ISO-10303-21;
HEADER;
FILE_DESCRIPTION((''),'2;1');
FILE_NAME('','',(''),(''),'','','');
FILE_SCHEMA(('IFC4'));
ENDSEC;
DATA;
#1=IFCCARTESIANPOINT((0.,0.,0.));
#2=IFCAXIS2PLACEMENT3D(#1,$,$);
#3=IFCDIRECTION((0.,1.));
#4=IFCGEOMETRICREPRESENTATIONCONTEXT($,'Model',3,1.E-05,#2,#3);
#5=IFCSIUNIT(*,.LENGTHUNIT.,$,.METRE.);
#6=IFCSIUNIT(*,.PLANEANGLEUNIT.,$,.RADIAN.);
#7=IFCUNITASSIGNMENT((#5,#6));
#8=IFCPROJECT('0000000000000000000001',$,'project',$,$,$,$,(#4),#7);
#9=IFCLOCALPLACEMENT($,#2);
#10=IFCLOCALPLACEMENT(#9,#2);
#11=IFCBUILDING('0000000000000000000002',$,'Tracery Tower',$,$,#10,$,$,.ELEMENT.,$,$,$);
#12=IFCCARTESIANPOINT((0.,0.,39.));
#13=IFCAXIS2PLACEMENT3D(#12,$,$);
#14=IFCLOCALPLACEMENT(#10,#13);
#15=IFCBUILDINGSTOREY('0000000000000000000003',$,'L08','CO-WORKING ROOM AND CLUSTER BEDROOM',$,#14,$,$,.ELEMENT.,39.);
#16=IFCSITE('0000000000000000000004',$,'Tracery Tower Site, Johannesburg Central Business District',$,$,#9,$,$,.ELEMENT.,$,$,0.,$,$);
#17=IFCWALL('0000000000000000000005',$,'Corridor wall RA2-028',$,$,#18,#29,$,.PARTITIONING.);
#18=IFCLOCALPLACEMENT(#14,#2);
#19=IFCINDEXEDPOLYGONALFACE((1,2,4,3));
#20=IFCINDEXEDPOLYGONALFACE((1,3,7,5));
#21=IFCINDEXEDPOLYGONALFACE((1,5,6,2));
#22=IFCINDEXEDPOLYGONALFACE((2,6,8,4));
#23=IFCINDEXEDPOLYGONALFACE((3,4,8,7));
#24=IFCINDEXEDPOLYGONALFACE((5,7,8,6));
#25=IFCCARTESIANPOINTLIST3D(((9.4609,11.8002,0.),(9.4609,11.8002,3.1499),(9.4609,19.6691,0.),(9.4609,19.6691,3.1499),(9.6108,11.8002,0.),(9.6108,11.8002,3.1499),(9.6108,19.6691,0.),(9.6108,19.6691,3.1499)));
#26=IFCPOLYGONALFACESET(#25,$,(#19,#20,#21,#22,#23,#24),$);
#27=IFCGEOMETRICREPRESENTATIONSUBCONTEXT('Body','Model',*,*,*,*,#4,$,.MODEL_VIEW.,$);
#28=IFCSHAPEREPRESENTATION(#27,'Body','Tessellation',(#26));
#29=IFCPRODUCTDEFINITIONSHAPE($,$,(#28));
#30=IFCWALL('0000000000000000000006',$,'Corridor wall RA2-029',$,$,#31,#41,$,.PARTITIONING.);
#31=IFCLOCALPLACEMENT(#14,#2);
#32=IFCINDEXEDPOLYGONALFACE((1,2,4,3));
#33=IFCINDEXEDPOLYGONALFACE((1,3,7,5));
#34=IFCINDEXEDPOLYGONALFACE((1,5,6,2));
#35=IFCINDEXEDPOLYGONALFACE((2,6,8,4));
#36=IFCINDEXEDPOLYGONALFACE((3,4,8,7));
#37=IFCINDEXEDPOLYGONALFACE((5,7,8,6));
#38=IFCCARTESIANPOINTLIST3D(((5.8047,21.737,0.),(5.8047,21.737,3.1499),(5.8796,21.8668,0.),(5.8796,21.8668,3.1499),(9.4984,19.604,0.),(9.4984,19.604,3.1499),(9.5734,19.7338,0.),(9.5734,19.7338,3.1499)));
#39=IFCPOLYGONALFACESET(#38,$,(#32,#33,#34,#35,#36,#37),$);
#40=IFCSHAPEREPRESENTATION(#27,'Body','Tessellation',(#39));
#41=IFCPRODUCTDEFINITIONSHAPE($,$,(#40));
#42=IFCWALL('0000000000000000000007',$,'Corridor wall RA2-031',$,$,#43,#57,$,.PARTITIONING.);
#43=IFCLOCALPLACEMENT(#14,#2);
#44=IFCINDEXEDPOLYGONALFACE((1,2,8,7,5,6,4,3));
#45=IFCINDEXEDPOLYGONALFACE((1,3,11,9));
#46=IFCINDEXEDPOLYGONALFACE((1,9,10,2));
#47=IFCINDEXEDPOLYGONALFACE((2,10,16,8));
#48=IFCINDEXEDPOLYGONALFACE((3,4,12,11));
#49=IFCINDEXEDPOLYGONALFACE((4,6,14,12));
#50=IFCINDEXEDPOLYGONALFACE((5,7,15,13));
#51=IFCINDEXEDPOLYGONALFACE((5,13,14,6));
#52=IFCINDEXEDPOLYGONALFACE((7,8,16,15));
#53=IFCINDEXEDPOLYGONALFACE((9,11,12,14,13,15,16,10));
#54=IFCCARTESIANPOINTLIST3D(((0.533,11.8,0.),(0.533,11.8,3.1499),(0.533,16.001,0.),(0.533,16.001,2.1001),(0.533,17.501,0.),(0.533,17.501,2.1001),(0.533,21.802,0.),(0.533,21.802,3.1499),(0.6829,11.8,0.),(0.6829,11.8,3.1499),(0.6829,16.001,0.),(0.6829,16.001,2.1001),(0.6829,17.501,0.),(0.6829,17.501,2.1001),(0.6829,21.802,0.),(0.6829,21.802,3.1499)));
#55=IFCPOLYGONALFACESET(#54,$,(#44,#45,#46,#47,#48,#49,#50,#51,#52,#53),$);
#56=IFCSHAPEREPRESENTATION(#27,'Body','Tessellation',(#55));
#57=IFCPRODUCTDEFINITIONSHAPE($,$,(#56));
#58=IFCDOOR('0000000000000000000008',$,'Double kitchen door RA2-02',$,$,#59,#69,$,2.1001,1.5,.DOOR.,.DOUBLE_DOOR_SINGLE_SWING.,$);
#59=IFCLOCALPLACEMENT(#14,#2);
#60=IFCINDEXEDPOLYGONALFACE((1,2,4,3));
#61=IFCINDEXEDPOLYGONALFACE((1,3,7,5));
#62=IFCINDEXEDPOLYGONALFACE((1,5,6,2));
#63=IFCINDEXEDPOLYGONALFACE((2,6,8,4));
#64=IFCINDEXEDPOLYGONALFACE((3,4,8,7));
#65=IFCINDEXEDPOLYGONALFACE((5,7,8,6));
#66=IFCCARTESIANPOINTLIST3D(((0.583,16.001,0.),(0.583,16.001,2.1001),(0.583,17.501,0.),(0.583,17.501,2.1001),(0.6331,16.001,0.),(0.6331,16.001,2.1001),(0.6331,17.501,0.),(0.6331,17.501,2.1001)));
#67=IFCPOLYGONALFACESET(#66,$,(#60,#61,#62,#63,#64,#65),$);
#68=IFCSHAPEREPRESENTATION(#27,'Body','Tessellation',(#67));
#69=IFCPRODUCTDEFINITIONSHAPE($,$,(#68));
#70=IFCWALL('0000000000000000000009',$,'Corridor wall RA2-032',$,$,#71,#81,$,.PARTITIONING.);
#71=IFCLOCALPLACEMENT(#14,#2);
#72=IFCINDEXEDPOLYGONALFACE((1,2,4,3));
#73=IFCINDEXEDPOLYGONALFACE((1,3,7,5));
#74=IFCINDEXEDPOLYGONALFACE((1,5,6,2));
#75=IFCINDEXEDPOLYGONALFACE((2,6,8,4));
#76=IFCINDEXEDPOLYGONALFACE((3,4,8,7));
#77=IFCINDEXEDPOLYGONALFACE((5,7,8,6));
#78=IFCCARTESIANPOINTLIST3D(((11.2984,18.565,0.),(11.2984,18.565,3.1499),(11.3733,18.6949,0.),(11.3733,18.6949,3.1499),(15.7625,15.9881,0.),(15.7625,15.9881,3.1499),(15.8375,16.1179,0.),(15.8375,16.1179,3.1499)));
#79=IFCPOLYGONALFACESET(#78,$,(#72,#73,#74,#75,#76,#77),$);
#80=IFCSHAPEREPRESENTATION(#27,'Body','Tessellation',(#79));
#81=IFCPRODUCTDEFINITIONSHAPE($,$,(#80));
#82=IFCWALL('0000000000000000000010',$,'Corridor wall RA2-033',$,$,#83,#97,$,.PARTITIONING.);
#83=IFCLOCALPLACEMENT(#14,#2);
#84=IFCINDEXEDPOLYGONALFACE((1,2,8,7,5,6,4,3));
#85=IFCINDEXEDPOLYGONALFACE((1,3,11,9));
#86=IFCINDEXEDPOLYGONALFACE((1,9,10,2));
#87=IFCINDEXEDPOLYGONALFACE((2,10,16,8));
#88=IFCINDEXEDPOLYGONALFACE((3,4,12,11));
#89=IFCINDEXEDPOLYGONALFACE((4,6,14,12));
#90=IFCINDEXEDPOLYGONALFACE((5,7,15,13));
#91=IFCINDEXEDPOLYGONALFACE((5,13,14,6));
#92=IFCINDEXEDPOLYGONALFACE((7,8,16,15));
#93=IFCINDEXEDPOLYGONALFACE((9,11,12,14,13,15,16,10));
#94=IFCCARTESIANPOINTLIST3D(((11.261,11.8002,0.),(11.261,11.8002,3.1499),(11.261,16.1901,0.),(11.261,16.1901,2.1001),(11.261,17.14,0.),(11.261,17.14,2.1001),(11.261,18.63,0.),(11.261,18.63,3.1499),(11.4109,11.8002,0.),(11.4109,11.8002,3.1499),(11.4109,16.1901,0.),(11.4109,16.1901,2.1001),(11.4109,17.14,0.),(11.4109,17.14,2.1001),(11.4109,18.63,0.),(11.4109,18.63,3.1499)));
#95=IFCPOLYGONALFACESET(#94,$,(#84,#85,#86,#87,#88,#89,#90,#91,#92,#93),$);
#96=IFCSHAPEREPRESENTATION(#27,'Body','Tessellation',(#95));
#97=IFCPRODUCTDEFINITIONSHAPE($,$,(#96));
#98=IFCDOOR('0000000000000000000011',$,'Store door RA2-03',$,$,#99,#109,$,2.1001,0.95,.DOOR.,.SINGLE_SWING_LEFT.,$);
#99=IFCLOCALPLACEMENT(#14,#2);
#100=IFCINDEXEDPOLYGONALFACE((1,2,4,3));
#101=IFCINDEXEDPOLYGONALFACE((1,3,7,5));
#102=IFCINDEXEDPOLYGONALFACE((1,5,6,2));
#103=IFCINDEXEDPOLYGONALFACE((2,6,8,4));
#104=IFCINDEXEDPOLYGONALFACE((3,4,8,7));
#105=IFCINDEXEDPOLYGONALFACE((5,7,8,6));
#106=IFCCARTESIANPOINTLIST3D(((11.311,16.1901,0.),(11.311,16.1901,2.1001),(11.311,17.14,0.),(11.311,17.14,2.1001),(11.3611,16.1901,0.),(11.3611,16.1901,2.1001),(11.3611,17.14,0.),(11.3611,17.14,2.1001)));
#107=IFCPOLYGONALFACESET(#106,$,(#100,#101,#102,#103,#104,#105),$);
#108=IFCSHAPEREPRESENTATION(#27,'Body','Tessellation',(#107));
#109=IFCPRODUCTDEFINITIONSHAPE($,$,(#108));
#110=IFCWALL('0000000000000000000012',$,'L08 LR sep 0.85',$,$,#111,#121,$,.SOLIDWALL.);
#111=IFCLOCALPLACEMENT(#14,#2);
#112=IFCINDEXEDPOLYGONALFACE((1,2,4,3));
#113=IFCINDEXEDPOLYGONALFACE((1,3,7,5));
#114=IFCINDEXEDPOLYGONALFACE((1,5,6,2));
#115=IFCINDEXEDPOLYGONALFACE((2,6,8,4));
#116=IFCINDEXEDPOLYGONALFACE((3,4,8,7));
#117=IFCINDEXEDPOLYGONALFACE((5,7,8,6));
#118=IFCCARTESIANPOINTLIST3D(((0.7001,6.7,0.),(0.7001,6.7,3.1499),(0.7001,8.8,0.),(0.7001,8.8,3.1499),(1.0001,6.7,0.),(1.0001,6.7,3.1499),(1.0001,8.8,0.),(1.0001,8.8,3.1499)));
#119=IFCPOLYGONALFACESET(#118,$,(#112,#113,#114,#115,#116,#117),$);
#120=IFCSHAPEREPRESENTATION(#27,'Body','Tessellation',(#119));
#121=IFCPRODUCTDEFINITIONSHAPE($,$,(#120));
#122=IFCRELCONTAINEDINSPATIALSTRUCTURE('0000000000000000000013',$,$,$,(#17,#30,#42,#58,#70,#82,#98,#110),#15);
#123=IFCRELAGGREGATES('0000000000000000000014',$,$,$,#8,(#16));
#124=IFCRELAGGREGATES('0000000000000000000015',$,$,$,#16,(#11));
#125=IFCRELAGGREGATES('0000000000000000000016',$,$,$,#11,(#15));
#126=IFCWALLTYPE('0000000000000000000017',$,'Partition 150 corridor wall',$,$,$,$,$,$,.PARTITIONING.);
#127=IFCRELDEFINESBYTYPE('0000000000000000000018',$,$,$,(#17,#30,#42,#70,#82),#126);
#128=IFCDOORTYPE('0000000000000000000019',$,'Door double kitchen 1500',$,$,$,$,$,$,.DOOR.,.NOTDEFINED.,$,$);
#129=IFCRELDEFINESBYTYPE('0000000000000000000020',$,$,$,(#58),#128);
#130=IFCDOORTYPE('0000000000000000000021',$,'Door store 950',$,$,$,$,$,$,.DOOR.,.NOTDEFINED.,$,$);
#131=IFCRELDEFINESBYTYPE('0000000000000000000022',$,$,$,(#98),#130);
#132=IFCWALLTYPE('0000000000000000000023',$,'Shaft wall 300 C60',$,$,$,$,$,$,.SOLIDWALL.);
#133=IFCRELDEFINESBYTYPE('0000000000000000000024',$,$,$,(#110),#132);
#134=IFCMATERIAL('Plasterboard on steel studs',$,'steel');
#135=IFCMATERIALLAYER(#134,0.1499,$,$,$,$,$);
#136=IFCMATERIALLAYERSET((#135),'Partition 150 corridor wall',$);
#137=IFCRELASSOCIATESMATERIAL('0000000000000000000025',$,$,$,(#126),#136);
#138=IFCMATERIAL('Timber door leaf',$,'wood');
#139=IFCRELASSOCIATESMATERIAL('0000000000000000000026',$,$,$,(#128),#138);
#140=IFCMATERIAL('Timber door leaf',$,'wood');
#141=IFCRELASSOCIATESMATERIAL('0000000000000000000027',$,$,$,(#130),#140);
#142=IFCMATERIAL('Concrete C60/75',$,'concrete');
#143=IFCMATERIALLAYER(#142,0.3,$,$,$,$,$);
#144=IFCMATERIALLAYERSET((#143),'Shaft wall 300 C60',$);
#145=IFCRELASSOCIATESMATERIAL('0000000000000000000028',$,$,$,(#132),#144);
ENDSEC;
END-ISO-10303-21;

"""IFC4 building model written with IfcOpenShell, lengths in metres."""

from ifc_helpers import new_model, si_unit, direction, frame, frame_2d, origin, place, context, subcontext, project, spatial, rectangle, extrude, material, layer, layer_set, type_object, element, fill, save


model = new_model("IFC4")

# Units and contexts
model_context = context("Model", 3, precision=1e-05, world=origin(), true_north=direction((0.0, 1.0)))
body_context = subcontext(model_context, "Body", "Model", "MODEL_VIEW")
ifc_project = project(units=[si_unit("LENGTHUNIT", "METRE"), si_unit("PLANEANGLEUNIT", "RADIAN")], contexts=[model_context])

# Site, building, storey
site_placement = place(None, origin())
site = spatial("IfcSite", under=ifc_project, at=site_placement, Name="Tracery Tower Site, Johannesburg Central Business District", CompositionType="ELEMENT", RefElevation=0.0)
building_placement = place(site_placement, origin())
building = spatial("IfcBuilding", under=site, at=building_placement, Name="Tracery Tower", CompositionType="ELEMENT")
storey_placement = place(building_placement, frame((0.0, 0.0, 39.0)))
storey = spatial("IfcBuildingStorey", under=building, at=storey_placement, Name="L08", Description="CO-WORKING ROOM AND CLUSTER BEDROOM", CompositionType="ELEMENT", Elevation=39.0)

# Walls
ifc_material_1 = material(Name="Plasterboard on steel studs", Category="steel")
ifc_layer_1 = layer(ifc_material_1, 0.1499)
ifc_layer_set_1 = layer_set([ifc_layer_1], Name="Partition 150 corridor wall")
wall_type_1 = type_object("IfcWallType", Name="Partition 150 corridor wall", PredefinedType="PARTITIONING", material=ifc_layer_set_1)
wall_1_placement = place(storey_placement, frame((9.5359, 11.8, 0.0), z_axis=(0.0, 0.0, 1.0), x_axis=(0.0, 1.0, 0.0)))
element("IfcWall", 1, at=wall_1_placement, inside=storey, type_object=wall_type_1, Name="Corridor wall RA2-028", PredefinedType="PARTITIONING", context=body_context, shape_type="SweptSolid", body=[
    extrude(rectangle(XDim=7.8689, YDim=0.1499, at=frame_2d((3.9346, 0.0))), origin(), (0.0, 0.0, 1.0), 3.1499),
])
wall_2_placement = place(storey_placement, frame((5.842, 21.802, 0.0), z_axis=(0.0, 0.0, 1.0), x_axis=(0.865984, -0.500073, 0.0)))
element("IfcWall", 2, at=wall_2_placement, inside=storey, type_object=wall_type_1, Name="Corridor wall RA2-029", PredefinedType="PARTITIONING", context=body_context, shape_type="SweptSolid", body=[
    extrude(rectangle(XDim=4.2654, YDim=0.1499, at=frame_2d((2.1328, 0.0))), origin(), (0.0, 0.0, 1.0), 3.1499),
])

# Wall, opening, door
wall_3_placement = place(storey_placement, frame((0.6079, 11.8, 0.0), z_axis=(0.0, 0.0, 1.0), x_axis=(0.0, 1.0, 0.0)))
wall_3 = element("IfcWall", 3, at=wall_3_placement, inside=storey, type_object=wall_type_1, Name="Corridor wall RA2-031", PredefinedType="PARTITIONING", context=body_context, shape_type="SweptSolid", body=[
    extrude(rectangle(XDim=10.002, YDim=0.1499, at=frame_2d((5.001, 0.0))), origin(), (0.0, 0.0, 1.0), 3.1499),
])
opening_1_placement = place(wall_3_placement, frame((4.2009, 0.0, 0.0)))
opening_1 = element("IfcOpeningElement", 4, at=opening_1_placement, cuts=wall_3, PredefinedType="OPENING", context=body_context, shape_type="SweptSolid", body=[
    extrude(rectangle(XDim=1.5, YDim=2.1001, at=frame_2d((0.75, 1.05))), frame((0.0, 0.075, 0.0), z_axis=(0.0, -1.0, 0.0), x_axis=(1.0, 0.0, 0.0)), (0.0, 0.0, 1.0), 0.1499),
])
ifc_material_2 = material(Name="Timber door leaf", Category="wood")
door_type_1 = type_object("IfcDoorType", Name="Door double kitchen 1500", OperationType="NOTDEFINED", PredefinedType="DOOR", material=ifc_material_2)
door_1_placement = place(opening_1_placement, origin())
door_1 = element("IfcDoor", 5, at=door_1_placement, inside=storey, type_object=door_type_1, Name="Double kitchen door RA2-02", OperationType="DOUBLE_DOOR_SINGLE_SWING", OverallHeight=2.1001, OverallWidth=1.5, PredefinedType="DOOR", context=body_context, shape_type="SweptSolid", body=[
    extrude(rectangle(XDim=1.5, YDim=2.1001, at=frame_2d((0.75, 1.05))), frame((0.0, 0.0249, 0.0), z_axis=(0.0, -1.0, 0.0), x_axis=(1.0, 0.0, 0.0)), (0.0, 0.0, 1.0), 0.05),
])
fill(opening_1, door_1)

# Wall
wall_4_placement = place(storey_placement, frame((11.3359, 18.6299, 0.0), z_axis=(0.0, 0.0, 1.0), x_axis=(0.866063, -0.499934, 0.0)))
element("IfcWall", 6, at=wall_4_placement, inside=storey, type_object=wall_type_1, Name="Corridor wall RA2-032", PredefinedType="PARTITIONING", context=body_context, shape_type="SweptSolid", body=[
    extrude(rectangle(XDim=5.1545, YDim=0.1499, at=frame_2d((2.5771, 0.0))), origin(), (0.0, 0.0, 1.0), 3.1499),
])

# Wall, opening, door
wall_5_placement = place(storey_placement, frame((11.3359, 11.8, 0.0), z_axis=(0.0, 0.0, 1.0), x_axis=(0.0, 1.0, 0.0)))
wall_5 = element("IfcWall", 7, at=wall_5_placement, inside=storey, type_object=wall_type_1, Name="Corridor wall RA2-033", PredefinedType="PARTITIONING", context=body_context, shape_type="SweptSolid", body=[
    extrude(rectangle(XDim=6.8298, YDim=0.1499, at=frame_2d((3.415, 0.0))), origin(), (0.0, 0.0, 1.0), 3.1499),
])
opening_2_placement = place(wall_5_placement, frame((4.3899, 0.0, 0.0)))
opening_2 = element("IfcOpeningElement", 8, at=opening_2_placement, cuts=wall_5, PredefinedType="OPENING", context=body_context, shape_type="SweptSolid", body=[
    extrude(rectangle(XDim=0.95, YDim=2.1001, at=frame_2d((0.4751, 1.05))), frame((0.0, 0.075, 0.0), z_axis=(0.0, -1.0, 0.0), x_axis=(1.0, 0.0, 0.0)), (0.0, 0.0, 1.0), 0.1499),
])
ifc_material_3 = material(Name="Timber door leaf", Category="wood")
door_type_2 = type_object("IfcDoorType", Name="Door store 950", OperationType="NOTDEFINED", PredefinedType="DOOR", material=ifc_material_3)
door_2_placement = place(opening_2_placement, origin())
door_2 = element("IfcDoor", 9, at=door_2_placement, inside=storey, type_object=door_type_2, Name="Store door RA2-03", OperationType="SINGLE_SWING_LEFT", OverallHeight=2.1001, OverallWidth=0.95, PredefinedType="DOOR", context=body_context, shape_type="SweptSolid", body=[
    extrude(rectangle(XDim=0.95, YDim=2.1001, at=frame_2d((0.4751, 1.05))), frame((0.0, 0.0249, 0.0), z_axis=(0.0, -1.0, 0.0), x_axis=(1.0, 0.0, 0.0)), (0.0, 0.0, 1.0), 0.05),
])
fill(opening_2, door_2)

# Wall
ifc_material_4 = material(Name="Concrete C60/75", Category="concrete")
ifc_layer_2 = layer(ifc_material_4, 0.3)
ifc_layer_set_2 = layer_set([ifc_layer_2], Name="Shaft wall 300 C60")
wall_type_2 = type_object("IfcWallType", Name="Shaft wall 300 C60", PredefinedType="SOLIDWALL", material=ifc_layer_set_2)
wall_6_placement = place(storey_placement, frame((0.8501, 6.7, 0.0), z_axis=(0.0, 0.0, 1.0), x_axis=(0.0, 1.0, 0.0)))
element("IfcWall", 10, at=wall_6_placement, inside=storey, type_object=wall_type_2, Name="L08 LR sep 0.85", PredefinedType="SOLIDWALL", context=body_context, shape_type="SweptSolid", body=[
    extrude(rectangle(XDim=2.1001, YDim=0.3, at=frame_2d((1.05, 0.0))), origin(), (0.0, 0.0, 1.0), 3.1499),
])

save(model, "model.ifc")
